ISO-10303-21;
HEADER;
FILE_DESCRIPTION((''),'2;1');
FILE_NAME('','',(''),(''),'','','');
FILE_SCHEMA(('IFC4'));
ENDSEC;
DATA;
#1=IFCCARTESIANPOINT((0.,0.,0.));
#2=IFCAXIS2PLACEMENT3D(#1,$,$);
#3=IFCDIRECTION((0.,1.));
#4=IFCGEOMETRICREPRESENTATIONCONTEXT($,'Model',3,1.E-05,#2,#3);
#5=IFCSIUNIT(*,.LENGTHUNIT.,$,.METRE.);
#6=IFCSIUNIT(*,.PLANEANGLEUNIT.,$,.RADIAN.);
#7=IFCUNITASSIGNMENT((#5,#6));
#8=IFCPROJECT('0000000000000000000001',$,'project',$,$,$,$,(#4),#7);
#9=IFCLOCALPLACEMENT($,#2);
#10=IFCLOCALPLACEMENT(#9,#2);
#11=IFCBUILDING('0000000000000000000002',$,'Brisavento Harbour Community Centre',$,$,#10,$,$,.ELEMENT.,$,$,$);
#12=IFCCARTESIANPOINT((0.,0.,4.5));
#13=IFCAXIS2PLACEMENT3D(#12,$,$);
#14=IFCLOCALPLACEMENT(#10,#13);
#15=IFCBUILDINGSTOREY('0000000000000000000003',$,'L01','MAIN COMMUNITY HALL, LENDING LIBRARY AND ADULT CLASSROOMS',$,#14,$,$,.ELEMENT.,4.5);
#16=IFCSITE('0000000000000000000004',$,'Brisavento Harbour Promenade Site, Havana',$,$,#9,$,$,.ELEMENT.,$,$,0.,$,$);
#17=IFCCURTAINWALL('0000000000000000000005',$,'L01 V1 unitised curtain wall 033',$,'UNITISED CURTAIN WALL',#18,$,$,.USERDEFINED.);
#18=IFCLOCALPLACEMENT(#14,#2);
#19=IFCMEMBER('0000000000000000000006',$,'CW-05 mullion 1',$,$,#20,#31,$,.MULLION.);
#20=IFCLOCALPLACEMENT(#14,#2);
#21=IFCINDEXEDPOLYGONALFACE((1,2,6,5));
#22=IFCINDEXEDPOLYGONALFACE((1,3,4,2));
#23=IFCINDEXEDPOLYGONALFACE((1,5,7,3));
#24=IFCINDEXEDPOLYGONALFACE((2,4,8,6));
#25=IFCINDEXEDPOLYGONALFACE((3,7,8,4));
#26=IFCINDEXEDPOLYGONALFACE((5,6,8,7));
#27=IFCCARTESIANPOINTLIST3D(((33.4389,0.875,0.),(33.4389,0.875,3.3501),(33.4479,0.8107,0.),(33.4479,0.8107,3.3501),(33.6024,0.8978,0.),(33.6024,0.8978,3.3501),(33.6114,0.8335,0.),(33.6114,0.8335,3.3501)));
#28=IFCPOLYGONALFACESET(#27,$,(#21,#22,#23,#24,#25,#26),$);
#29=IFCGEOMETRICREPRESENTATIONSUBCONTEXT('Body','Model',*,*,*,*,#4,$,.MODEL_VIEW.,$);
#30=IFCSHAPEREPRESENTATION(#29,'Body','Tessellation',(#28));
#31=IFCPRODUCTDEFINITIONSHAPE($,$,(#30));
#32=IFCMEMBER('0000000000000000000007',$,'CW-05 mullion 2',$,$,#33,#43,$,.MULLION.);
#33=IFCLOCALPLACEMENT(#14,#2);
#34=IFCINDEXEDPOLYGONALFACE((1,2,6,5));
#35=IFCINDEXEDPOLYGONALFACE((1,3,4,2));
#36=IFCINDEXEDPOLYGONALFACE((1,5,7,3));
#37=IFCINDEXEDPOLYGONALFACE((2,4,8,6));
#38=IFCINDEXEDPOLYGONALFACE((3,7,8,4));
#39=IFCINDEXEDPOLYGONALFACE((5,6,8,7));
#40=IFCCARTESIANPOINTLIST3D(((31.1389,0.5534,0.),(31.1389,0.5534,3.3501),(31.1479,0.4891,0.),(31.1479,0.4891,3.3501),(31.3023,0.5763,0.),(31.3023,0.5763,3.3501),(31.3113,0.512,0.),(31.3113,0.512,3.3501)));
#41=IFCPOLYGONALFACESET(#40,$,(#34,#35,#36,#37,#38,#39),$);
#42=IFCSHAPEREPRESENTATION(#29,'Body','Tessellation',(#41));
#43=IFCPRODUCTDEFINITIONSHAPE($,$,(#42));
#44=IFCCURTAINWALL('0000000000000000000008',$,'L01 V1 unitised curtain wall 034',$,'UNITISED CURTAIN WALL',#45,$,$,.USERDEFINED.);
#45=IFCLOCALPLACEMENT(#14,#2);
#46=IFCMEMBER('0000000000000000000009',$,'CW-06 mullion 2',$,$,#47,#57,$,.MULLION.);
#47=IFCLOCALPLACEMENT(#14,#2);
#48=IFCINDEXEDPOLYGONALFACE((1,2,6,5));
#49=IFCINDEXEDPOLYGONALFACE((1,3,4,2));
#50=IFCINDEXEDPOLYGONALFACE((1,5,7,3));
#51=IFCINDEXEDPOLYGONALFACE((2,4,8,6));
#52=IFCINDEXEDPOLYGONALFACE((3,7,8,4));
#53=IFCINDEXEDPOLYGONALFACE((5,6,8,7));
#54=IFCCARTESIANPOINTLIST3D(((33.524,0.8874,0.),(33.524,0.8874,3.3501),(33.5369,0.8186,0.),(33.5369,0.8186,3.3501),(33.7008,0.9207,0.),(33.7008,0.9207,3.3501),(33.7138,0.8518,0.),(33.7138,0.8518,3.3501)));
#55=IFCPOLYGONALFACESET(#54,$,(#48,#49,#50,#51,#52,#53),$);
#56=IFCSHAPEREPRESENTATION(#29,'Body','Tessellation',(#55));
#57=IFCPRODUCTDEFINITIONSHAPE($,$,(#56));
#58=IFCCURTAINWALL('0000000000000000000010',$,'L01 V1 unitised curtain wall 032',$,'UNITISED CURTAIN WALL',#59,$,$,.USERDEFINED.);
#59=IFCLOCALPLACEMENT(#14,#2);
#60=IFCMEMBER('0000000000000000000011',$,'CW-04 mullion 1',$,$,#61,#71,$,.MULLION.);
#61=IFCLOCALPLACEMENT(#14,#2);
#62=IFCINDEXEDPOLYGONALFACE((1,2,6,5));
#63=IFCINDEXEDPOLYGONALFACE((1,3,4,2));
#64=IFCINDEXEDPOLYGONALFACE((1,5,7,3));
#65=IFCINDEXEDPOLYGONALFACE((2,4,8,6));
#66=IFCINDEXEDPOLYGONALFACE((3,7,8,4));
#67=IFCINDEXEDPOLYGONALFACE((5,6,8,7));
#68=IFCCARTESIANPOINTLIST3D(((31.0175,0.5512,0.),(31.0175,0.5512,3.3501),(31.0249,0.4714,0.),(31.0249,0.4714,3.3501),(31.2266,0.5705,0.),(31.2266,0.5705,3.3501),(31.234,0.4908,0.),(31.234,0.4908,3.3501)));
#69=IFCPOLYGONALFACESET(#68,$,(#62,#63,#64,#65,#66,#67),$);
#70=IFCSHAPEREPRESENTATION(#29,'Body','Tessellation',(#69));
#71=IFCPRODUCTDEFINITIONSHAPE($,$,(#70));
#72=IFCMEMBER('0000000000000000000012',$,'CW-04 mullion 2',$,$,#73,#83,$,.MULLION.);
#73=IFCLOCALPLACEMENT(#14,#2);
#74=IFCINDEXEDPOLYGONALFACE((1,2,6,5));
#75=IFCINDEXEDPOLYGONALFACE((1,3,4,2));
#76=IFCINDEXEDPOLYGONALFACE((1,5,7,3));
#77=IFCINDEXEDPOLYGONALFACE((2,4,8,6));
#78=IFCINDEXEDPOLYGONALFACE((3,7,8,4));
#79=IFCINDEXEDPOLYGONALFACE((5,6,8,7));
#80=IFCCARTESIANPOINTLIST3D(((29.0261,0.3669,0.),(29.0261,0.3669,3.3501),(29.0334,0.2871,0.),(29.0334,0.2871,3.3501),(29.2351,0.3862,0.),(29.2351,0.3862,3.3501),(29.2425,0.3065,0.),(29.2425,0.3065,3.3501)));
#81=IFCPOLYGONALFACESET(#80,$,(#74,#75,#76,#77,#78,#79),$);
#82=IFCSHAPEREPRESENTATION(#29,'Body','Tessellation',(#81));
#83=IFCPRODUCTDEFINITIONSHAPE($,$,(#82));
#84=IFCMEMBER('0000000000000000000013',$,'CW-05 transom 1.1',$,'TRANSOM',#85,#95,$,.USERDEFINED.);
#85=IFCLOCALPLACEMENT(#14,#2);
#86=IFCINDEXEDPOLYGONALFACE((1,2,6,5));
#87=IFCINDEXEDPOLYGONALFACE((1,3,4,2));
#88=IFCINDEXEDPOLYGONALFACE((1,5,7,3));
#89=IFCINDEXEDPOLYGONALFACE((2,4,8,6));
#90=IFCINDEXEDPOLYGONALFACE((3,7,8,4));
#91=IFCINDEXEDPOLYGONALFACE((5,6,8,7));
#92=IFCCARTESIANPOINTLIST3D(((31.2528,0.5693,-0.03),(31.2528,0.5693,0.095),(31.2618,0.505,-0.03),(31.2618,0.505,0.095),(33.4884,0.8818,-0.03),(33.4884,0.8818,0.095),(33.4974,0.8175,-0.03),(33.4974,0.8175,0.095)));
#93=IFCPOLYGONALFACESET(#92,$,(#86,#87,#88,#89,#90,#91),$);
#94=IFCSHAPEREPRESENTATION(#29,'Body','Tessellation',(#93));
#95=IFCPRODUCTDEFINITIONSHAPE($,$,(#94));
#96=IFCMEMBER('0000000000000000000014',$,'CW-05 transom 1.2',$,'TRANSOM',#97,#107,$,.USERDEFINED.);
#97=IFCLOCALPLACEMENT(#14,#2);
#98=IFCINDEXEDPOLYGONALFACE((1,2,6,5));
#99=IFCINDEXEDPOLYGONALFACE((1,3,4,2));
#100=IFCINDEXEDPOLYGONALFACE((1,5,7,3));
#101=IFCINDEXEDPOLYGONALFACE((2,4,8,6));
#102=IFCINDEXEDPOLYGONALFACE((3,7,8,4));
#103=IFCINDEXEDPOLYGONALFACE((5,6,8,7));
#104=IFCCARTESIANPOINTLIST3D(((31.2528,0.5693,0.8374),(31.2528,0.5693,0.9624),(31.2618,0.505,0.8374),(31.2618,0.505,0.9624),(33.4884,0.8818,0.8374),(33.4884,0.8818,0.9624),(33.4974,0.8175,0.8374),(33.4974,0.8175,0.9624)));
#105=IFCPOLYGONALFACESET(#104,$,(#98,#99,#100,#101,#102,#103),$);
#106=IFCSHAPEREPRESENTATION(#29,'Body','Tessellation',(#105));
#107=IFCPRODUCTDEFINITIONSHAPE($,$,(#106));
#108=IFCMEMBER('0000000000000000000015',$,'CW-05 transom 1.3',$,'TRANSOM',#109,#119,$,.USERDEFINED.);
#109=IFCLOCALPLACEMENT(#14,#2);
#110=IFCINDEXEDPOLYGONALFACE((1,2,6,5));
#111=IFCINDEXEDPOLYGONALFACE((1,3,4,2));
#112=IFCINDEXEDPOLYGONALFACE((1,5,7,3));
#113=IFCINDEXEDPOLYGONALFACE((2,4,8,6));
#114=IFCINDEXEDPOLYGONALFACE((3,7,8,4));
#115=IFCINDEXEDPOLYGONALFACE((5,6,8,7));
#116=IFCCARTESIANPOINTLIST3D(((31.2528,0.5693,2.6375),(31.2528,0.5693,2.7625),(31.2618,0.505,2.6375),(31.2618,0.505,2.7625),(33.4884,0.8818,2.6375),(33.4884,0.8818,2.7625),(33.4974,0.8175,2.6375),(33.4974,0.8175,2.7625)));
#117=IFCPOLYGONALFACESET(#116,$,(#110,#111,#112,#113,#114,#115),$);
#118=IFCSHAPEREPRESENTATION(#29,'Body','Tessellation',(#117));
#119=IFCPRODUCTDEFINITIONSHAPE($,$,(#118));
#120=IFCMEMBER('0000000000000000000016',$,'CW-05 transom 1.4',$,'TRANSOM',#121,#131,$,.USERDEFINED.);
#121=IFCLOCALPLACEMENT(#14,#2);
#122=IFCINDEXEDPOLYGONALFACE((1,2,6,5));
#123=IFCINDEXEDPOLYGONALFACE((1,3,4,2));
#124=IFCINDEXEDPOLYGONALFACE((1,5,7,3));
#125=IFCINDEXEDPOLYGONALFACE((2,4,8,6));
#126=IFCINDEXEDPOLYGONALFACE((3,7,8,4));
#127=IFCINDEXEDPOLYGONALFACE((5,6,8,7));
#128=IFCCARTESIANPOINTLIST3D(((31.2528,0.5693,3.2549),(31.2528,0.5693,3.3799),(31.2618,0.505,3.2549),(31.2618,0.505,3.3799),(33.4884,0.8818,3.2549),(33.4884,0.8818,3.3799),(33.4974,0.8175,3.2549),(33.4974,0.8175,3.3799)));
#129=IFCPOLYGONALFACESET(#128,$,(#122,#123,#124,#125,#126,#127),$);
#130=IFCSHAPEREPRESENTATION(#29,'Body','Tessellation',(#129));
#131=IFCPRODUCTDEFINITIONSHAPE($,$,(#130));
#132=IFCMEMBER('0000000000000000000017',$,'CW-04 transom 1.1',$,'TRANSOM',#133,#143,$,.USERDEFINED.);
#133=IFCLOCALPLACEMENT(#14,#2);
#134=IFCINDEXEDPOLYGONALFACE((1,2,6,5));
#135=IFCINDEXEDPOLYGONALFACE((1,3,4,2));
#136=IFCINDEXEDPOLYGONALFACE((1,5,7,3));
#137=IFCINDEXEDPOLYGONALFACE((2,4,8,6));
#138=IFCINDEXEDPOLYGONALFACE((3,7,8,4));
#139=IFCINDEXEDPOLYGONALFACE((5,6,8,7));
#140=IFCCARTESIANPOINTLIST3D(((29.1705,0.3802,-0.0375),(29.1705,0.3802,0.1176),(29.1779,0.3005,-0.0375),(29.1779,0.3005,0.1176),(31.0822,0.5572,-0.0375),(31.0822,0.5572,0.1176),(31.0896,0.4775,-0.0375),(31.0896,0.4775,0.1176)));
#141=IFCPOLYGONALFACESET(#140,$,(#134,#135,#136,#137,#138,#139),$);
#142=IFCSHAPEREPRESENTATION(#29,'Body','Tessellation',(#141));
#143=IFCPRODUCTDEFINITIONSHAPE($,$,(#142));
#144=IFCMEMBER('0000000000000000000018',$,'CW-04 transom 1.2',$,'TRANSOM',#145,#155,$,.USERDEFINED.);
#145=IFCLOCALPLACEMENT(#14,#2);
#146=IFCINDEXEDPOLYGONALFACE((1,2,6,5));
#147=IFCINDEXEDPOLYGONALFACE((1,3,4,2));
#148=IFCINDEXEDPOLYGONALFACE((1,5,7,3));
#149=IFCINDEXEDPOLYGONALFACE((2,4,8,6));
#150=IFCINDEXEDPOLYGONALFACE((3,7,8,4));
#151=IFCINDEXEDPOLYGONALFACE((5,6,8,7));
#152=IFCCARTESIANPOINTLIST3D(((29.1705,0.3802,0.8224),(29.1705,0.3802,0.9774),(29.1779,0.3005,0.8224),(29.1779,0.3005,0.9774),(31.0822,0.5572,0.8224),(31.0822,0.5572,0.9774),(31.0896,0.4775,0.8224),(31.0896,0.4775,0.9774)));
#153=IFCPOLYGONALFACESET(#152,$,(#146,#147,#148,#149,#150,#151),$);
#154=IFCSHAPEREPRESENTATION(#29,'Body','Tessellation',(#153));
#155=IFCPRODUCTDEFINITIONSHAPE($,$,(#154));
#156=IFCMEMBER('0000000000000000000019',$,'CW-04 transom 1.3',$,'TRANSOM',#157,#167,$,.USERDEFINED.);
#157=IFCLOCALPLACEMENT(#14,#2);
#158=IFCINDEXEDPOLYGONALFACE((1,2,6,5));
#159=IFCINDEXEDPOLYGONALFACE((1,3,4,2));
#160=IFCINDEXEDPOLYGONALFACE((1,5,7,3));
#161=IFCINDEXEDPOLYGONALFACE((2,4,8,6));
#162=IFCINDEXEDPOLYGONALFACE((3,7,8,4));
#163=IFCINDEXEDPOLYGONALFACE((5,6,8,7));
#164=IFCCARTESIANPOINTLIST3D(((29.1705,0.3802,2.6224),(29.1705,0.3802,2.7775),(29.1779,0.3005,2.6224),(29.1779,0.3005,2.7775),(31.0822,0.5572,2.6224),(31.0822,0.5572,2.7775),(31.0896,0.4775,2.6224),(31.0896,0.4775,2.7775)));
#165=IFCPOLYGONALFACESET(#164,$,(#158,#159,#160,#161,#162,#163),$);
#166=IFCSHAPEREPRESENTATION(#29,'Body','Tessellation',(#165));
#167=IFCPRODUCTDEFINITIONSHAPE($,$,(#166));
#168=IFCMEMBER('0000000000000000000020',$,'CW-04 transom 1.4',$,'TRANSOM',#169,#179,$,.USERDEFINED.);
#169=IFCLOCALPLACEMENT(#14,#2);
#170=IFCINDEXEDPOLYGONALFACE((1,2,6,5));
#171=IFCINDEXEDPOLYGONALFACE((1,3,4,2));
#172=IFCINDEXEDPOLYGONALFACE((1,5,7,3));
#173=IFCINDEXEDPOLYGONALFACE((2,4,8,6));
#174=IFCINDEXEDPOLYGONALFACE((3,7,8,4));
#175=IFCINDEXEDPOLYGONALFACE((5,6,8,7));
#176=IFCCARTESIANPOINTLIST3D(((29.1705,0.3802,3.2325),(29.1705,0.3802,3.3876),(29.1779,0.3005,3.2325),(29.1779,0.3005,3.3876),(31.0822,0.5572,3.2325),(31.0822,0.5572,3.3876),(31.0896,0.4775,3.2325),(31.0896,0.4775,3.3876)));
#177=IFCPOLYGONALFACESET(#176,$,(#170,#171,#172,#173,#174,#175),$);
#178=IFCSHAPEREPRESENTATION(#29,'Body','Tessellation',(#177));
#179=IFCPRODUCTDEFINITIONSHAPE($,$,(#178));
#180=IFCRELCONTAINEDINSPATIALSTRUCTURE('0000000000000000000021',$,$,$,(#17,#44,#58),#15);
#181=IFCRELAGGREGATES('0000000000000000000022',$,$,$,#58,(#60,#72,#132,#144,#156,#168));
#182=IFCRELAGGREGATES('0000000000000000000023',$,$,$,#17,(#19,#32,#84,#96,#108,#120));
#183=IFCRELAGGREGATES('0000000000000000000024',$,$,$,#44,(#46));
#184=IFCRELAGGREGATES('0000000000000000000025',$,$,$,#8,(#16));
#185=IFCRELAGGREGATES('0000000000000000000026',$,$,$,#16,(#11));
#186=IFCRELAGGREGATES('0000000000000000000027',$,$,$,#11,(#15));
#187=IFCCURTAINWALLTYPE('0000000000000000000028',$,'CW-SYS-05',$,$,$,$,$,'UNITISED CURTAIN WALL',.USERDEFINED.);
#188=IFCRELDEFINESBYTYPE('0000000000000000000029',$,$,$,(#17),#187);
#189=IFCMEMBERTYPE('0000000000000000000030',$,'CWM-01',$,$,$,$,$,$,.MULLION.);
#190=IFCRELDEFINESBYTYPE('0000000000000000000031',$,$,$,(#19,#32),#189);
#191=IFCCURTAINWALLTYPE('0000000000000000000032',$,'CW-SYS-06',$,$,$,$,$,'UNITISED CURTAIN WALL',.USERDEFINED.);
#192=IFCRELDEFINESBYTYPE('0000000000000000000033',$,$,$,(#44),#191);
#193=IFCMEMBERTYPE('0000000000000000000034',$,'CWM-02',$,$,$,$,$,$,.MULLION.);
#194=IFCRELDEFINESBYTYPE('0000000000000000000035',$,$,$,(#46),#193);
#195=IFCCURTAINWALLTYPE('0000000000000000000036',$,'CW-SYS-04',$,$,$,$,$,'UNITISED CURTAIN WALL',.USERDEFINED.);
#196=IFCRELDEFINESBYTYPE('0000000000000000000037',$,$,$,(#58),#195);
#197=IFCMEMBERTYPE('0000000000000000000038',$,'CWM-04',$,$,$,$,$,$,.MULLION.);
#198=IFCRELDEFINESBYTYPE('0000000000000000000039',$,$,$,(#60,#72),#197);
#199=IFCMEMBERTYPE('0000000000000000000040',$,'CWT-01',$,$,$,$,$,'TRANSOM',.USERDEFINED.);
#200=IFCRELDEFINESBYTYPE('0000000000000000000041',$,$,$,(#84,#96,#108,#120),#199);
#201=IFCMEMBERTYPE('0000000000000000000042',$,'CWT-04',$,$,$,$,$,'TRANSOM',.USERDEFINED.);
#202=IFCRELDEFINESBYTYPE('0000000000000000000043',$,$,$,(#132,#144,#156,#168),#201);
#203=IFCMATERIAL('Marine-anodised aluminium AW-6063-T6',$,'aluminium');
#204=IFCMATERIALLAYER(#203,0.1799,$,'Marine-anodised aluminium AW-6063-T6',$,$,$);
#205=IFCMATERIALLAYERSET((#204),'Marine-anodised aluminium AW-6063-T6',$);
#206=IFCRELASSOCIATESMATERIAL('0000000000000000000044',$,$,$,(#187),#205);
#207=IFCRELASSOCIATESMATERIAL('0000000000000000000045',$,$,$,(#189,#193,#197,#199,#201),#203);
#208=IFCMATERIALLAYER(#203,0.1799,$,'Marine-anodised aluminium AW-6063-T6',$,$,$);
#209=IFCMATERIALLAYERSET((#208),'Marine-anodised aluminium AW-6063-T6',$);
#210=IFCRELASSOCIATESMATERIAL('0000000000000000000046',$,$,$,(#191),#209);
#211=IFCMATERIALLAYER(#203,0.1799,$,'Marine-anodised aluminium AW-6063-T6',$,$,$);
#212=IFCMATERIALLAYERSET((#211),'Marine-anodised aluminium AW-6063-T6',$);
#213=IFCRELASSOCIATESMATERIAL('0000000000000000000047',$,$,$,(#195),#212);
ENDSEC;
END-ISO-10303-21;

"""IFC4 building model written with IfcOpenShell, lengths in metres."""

from ifc_helpers import new_model, si_unit, direction, frame, origin, origin_2d, place, context, subcontext, project, spatial, rectangle, extrude, material, layer, layer_set, material_profile, profile_set, type_object, element, aggregate, save


model = new_model("IFC4")

# Units and contexts
model_context = context("Model", 3, precision=1e-05, world=origin(), true_north=direction((0.0, 1.0)))
body_context = subcontext(model_context, "Body", "Model", "MODEL_VIEW")
ifc_project = project(units=[si_unit("LENGTHUNIT", "METRE"), si_unit("PLANEANGLEUNIT", "RADIAN")], contexts=[model_context])

# Site, building, storey
site_placement = place(None, origin())
site = spatial("IfcSite", under=ifc_project, at=site_placement, Name="Brisavento Harbour Promenade Site, Havana", CompositionType="ELEMENT", RefElevation=0.0)
building_placement = place(site_placement, origin())
building = spatial("IfcBuilding", under=site, at=building_placement, Name="Brisavento Harbour Community Centre", CompositionType="ELEMENT")
storey_placement = place(building_placement, frame((0.0, 0.0, 4.5)))
storey = spatial("IfcBuildingStorey", under=building, at=storey_placement, Name="L01", Description="MAIN COMMUNITY HALL, LENDING LIBRARY AND ADULT CLASSROOMS", CompositionType="ELEMENT", Elevation=4.5)

# Curtain wall, members
ifc_material_1 = material(Name="Marine-anodised aluminium AW-6063-T6", Category="aluminium")
ifc_layer_1 = layer(ifc_material_1, 0.1799, Name="Marine-anodised aluminium AW-6063-T6")
ifc_layer_set_1 = layer_set([ifc_layer_1], Name="Marine-anodised aluminium AW-6063-T6")
curtain_wall_type_1 = type_object("IfcCurtainWallType", Name="CW-SYS-05", ElementType="UNITISED CURTAIN WALL", PredefinedType="USERDEFINED", material=ifc_layer_set_1)
curtain_wall_1_placement = place(storey_placement, origin())
curtain_wall_1 = element("IfcCurtainWall", 1, at=curtain_wall_1_placement, inside=storey, type_object=curtain_wall_type_1, Name="L01 V1 unitised curtain wall 033", ObjectType="UNITISED CURTAIN WALL", PredefinedType="USERDEFINED")
ifc_material_profile_1 = material_profile(ifc_material_1, rectangle(XDim=0.0649, YDim=0.165, at=origin_2d()), Name="Marine-anodised aluminium AW-6063-T6")
ifc_profile_set_1 = profile_set([ifc_material_profile_1], Name="Marine-anodised aluminium AW-6063-T6")
member_type_1 = type_object("IfcMemberType", Name="CWM-01", PredefinedType="MULLION", material=ifc_profile_set_1)
member_1_placement = place(storey_placement, frame((33.5251, 0.8542, 0.0), z_axis=(0.0, 0.0, 1.0), x_axis=(0.138477, -0.990366, 0.0)))
member_1 = element("IfcMember", 2, at=member_1_placement, type_object=member_type_1, Name="CW-05 mullion 1", PredefinedType="MULLION", context=body_context, shape_type="SweptSolid", body=[
    extrude(rectangle(XDim=0.0649, YDim=0.165, at=origin_2d()), origin(), (0.0, 0.0, 1.0), 3.3501),
])
member_2_placement = place(storey_placement, frame((31.2251, 0.5327, 0.0), z_axis=(0.0, 0.0, 1.0), x_axis=(0.138477, -0.990366, 0.0)))
member_2 = element("IfcMember", 3, at=member_2_placement, type_object=member_type_1, Name="CW-05 mullion 2", PredefinedType="MULLION", context=body_context, shape_type="SweptSolid", body=[
    extrude(rectangle(XDim=0.0649, YDim=0.165, at=origin_2d()), origin(), (0.0, 0.0, 1.0), 3.3501),
])

# Curtain wall, member
ifc_layer_2 = layer(ifc_material_1, 0.1799, Name="Marine-anodised aluminium AW-6063-T6")
ifc_layer_set_2 = layer_set([ifc_layer_2], Name="Marine-anodised aluminium AW-6063-T6")
curtain_wall_type_2 = type_object("IfcCurtainWallType", Name="CW-SYS-06", ElementType="UNITISED CURTAIN WALL", PredefinedType="USERDEFINED", material=ifc_layer_set_2)
curtain_wall_2_placement = place(storey_placement, origin())
curtain_wall_2 = element("IfcCurtainWall", 4, at=curtain_wall_2_placement, inside=storey, type_object=curtain_wall_type_2, Name="L01 V1 unitised curtain wall 034", ObjectType="UNITISED CURTAIN WALL", PredefinedType="USERDEFINED")
ifc_material_profile_2 = material_profile(ifc_material_1, rectangle(XDim=0.0701, YDim=0.1799, at=origin_2d()), Name="Marine-anodised aluminium AW-6063-T6")
ifc_profile_set_2 = profile_set([ifc_material_profile_2], Name="Marine-anodised aluminium AW-6063-T6")
member_type_2 = type_object("IfcMemberType", Name="CWM-02", PredefinedType="MULLION", material=ifc_profile_set_2)
member_3_placement = place(storey_placement, frame((33.6189, 0.8696, 0.0), z_axis=(0.0, 0.0, 1.0), x_axis=(0.18469, -0.982797, 0.0)))
member_3 = element("IfcMember", 5, at=member_3_placement, type_object=member_type_2, Name="CW-06 mullion 2", PredefinedType="MULLION", context=body_context, shape_type="SweptSolid", body=[
    extrude(rectangle(XDim=0.0701, YDim=0.1799, at=origin_2d()), origin(), (0.0, 0.0, 1.0), 3.3501),
])

# Curtain wall, members
ifc_layer_3 = layer(ifc_material_1, 0.1799, Name="Marine-anodised aluminium AW-6063-T6")
ifc_layer_set_3 = layer_set([ifc_layer_3], Name="Marine-anodised aluminium AW-6063-T6")
curtain_wall_type_3 = type_object("IfcCurtainWallType", Name="CW-SYS-04", ElementType="UNITISED CURTAIN WALL", PredefinedType="USERDEFINED", material=ifc_layer_set_3)
curtain_wall_3_placement = place(storey_placement, origin())
curtain_wall_3 = element("IfcCurtainWall", 6, at=curtain_wall_3_placement, inside=storey, type_object=curtain_wall_type_3, Name="L01 V1 unitised curtain wall 032", ObjectType="UNITISED CURTAIN WALL", PredefinedType="USERDEFINED")
ifc_material_profile_3 = material_profile(ifc_material_1, rectangle(XDim=0.0801, YDim=0.21, at=origin_2d()), Name="Marine-anodised aluminium AW-6063-T6")
ifc_profile_set_3 = profile_set([ifc_material_profile_3], Name="Marine-anodised aluminium AW-6063-T6")
member_type_3 = type_object("IfcMemberType", Name="CWM-04", PredefinedType="MULLION", material=ifc_profile_set_3)
member_4_placement = place(storey_placement, frame((31.1257, 0.521, 0.0), z_axis=(0.0, 0.0, 1.0), x_axis=(0.092261, -0.995735, 0.0)))
member_4 = element("IfcMember", 7, at=member_4_placement, type_object=member_type_3, Name="CW-04 mullion 1", PredefinedType="MULLION", context=body_context, shape_type="SweptSolid", body=[
    extrude(rectangle(XDim=0.0801, YDim=0.21, at=origin_2d()), origin(), (0.0, 0.0, 1.0), 3.3501),
])
member_5_placement = place(storey_placement, frame((29.1343, 0.3367, 0.0), z_axis=(0.0, 0.0, 1.0), x_axis=(0.092261, -0.995735, 0.0)))
member_5 = element("IfcMember", 8, at=member_5_placement, type_object=member_type_3, Name="CW-04 mullion 2", PredefinedType="MULLION", context=body_context, shape_type="SweptSolid", body=[
    extrude(rectangle(XDim=0.0801, YDim=0.21, at=origin_2d()), origin(), (0.0, 0.0, 1.0), 3.3501),
])

# Members
ifc_material_profile_4 = material_profile(ifc_material_1, rectangle(XDim=0.0649, YDim=0.125, at=origin_2d()), Name="Marine-anodised aluminium AW-6063-T6")
ifc_profile_set_4 = profile_set([ifc_material_profile_4], Name="Marine-anodised aluminium AW-6063-T6")
member_type_4 = type_object("IfcMemberType", Name="CWT-01", ElementType="TRANSOM", PredefinedType="USERDEFINED", material=ifc_profile_set_4)
member_6_placement = place(storey_placement, frame((33.4929, 0.8496, 0.0325), z_axis=(-0.990371, -0.138438, 0.0), x_axis=(0.138438, -0.990371, 0.0)))
member_6 = element("IfcMember", 9, at=member_6_placement, type_object=member_type_4, Name="CW-05 transom 1.1", ObjectType="TRANSOM", PredefinedType="USERDEFINED", context=body_context, shape_type="SweptSolid", body=[
    extrude(rectangle(XDim=0.0649, YDim=0.125, at=origin_2d()), origin(), (0.0, 0.0, 1.0), 2.2573),
])
member_7_placement = place(storey_placement, frame((33.4929, 0.8496, 0.8999), z_axis=(-0.990371, -0.138438, 0.0), x_axis=(0.138438, -0.990371, 0.0)))
member_7 = element("IfcMember", 10, at=member_7_placement, type_object=member_type_4, Name="CW-05 transom 1.2", ObjectType="TRANSOM", PredefinedType="USERDEFINED", context=body_context, shape_type="SweptSolid", body=[
    extrude(rectangle(XDim=0.0649, YDim=0.125, at=origin_2d()), origin(), (0.0, 0.0, 1.0), 2.2573),
])
member_8_placement = place(storey_placement, frame((33.4929, 0.8496, 2.7), z_axis=(-0.990371, -0.138438, 0.0), x_axis=(0.138438, -0.990371, 0.0)))
member_8 = element("IfcMember", 11, at=member_8_placement, type_object=member_type_4, Name="CW-05 transom 1.3", ObjectType="TRANSOM", PredefinedType="USERDEFINED", context=body_context, shape_type="SweptSolid", body=[
    extrude(rectangle(XDim=0.0649, YDim=0.125, at=origin_2d()), origin(), (0.0, 0.0, 1.0), 2.2573),
])
member_9_placement = place(storey_placement, frame((33.4929, 0.8496, 3.3174), z_axis=(-0.990371, -0.138438, 0.0), x_axis=(0.138438, -0.990371, 0.0)))
member_9 = element("IfcMember", 12, at=member_9_placement, type_object=member_type_4, Name="CW-05 transom 1.4", ObjectType="TRANSOM", PredefinedType="USERDEFINED", context=body_context, shape_type="SweptSolid", body=[
    extrude(rectangle(XDim=0.0649, YDim=0.125, at=origin_2d()), origin(), (0.0, 0.0, 1.0), 2.2573),
])
ifc_material_profile_5 = material_profile(ifc_material_1, rectangle(XDim=0.0801, YDim=0.155, at=origin_2d()), Name="Marine-anodised aluminium AW-6063-T6")
ifc_profile_set_5 = profile_set([ifc_material_profile_5], Name="Marine-anodised aluminium AW-6063-T6")
member_type_5 = type_object("IfcMemberType", Name="CWT-04", ElementType="TRANSOM", PredefinedType="USERDEFINED", material=ifc_profile_set_5)
member_10_placement = place(storey_placement, frame((31.0859, 0.5173, 0.04), z_axis=(-0.995742, -0.092187, 0.0), x_axis=(0.092187, -0.995742, 0.0)))
member_10 = element("IfcMember", 13, at=member_10_placement, type_object=member_type_5, Name="CW-04 transom 1.1", ObjectType="TRANSOM", PredefinedType="USERDEFINED", context=body_context, shape_type="SweptSolid", body=[
    extrude(rectangle(XDim=0.0801, YDim=0.155, at=origin_2d()), origin(), (0.0, 0.0, 1.0), 1.9199),
])
member_11_placement = place(storey_placement, frame((31.0859, 0.5173, 0.8999), z_axis=(-0.995742, -0.092187, 0.0), x_axis=(0.092187, -0.995742, 0.0)))
member_11 = element("IfcMember", 14, at=member_11_placement, type_object=member_type_5, Name="CW-04 transom 1.2", ObjectType="TRANSOM", PredefinedType="USERDEFINED", context=body_context, shape_type="SweptSolid", body=[
    extrude(rectangle(XDim=0.0801, YDim=0.155, at=origin_2d()), origin(), (0.0, 0.0, 1.0), 1.9199),
])
member_12_placement = place(storey_placement, frame((31.0859, 0.5173, 2.7), z_axis=(-0.995742, -0.092187, 0.0), x_axis=(0.092187, -0.995742, 0.0)))
member_12 = element("IfcMember", 15, at=member_12_placement, type_object=member_type_5, Name="CW-04 transom 1.3", ObjectType="TRANSOM", PredefinedType="USERDEFINED", context=body_context, shape_type="SweptSolid", body=[
    extrude(rectangle(XDim=0.0801, YDim=0.155, at=origin_2d()), origin(), (0.0, 0.0, 1.0), 1.9199),
])
member_13_placement = place(storey_placement, frame((31.0859, 0.5173, 3.3101), z_axis=(-0.995742, -0.092187, 0.0), x_axis=(0.092187, -0.995742, 0.0)))
member_13 = element("IfcMember", 16, at=member_13_placement, type_object=member_type_5, Name="CW-04 transom 1.4", ObjectType="TRANSOM", PredefinedType="USERDEFINED", context=body_context, shape_type="SweptSolid", body=[
    extrude(rectangle(XDim=0.0801, YDim=0.155, at=origin_2d()), origin(), (0.0, 0.0, 1.0), 1.9199),
])

aggregate(curtain_wall_3, [member_4, member_5, member_10, member_11, member_12, member_13])
aggregate(curtain_wall_1, [member_1, member_2, member_6, member_7, member_8, member_9])
aggregate(curtain_wall_2, [member_3])

save(model, "model.ifc")
